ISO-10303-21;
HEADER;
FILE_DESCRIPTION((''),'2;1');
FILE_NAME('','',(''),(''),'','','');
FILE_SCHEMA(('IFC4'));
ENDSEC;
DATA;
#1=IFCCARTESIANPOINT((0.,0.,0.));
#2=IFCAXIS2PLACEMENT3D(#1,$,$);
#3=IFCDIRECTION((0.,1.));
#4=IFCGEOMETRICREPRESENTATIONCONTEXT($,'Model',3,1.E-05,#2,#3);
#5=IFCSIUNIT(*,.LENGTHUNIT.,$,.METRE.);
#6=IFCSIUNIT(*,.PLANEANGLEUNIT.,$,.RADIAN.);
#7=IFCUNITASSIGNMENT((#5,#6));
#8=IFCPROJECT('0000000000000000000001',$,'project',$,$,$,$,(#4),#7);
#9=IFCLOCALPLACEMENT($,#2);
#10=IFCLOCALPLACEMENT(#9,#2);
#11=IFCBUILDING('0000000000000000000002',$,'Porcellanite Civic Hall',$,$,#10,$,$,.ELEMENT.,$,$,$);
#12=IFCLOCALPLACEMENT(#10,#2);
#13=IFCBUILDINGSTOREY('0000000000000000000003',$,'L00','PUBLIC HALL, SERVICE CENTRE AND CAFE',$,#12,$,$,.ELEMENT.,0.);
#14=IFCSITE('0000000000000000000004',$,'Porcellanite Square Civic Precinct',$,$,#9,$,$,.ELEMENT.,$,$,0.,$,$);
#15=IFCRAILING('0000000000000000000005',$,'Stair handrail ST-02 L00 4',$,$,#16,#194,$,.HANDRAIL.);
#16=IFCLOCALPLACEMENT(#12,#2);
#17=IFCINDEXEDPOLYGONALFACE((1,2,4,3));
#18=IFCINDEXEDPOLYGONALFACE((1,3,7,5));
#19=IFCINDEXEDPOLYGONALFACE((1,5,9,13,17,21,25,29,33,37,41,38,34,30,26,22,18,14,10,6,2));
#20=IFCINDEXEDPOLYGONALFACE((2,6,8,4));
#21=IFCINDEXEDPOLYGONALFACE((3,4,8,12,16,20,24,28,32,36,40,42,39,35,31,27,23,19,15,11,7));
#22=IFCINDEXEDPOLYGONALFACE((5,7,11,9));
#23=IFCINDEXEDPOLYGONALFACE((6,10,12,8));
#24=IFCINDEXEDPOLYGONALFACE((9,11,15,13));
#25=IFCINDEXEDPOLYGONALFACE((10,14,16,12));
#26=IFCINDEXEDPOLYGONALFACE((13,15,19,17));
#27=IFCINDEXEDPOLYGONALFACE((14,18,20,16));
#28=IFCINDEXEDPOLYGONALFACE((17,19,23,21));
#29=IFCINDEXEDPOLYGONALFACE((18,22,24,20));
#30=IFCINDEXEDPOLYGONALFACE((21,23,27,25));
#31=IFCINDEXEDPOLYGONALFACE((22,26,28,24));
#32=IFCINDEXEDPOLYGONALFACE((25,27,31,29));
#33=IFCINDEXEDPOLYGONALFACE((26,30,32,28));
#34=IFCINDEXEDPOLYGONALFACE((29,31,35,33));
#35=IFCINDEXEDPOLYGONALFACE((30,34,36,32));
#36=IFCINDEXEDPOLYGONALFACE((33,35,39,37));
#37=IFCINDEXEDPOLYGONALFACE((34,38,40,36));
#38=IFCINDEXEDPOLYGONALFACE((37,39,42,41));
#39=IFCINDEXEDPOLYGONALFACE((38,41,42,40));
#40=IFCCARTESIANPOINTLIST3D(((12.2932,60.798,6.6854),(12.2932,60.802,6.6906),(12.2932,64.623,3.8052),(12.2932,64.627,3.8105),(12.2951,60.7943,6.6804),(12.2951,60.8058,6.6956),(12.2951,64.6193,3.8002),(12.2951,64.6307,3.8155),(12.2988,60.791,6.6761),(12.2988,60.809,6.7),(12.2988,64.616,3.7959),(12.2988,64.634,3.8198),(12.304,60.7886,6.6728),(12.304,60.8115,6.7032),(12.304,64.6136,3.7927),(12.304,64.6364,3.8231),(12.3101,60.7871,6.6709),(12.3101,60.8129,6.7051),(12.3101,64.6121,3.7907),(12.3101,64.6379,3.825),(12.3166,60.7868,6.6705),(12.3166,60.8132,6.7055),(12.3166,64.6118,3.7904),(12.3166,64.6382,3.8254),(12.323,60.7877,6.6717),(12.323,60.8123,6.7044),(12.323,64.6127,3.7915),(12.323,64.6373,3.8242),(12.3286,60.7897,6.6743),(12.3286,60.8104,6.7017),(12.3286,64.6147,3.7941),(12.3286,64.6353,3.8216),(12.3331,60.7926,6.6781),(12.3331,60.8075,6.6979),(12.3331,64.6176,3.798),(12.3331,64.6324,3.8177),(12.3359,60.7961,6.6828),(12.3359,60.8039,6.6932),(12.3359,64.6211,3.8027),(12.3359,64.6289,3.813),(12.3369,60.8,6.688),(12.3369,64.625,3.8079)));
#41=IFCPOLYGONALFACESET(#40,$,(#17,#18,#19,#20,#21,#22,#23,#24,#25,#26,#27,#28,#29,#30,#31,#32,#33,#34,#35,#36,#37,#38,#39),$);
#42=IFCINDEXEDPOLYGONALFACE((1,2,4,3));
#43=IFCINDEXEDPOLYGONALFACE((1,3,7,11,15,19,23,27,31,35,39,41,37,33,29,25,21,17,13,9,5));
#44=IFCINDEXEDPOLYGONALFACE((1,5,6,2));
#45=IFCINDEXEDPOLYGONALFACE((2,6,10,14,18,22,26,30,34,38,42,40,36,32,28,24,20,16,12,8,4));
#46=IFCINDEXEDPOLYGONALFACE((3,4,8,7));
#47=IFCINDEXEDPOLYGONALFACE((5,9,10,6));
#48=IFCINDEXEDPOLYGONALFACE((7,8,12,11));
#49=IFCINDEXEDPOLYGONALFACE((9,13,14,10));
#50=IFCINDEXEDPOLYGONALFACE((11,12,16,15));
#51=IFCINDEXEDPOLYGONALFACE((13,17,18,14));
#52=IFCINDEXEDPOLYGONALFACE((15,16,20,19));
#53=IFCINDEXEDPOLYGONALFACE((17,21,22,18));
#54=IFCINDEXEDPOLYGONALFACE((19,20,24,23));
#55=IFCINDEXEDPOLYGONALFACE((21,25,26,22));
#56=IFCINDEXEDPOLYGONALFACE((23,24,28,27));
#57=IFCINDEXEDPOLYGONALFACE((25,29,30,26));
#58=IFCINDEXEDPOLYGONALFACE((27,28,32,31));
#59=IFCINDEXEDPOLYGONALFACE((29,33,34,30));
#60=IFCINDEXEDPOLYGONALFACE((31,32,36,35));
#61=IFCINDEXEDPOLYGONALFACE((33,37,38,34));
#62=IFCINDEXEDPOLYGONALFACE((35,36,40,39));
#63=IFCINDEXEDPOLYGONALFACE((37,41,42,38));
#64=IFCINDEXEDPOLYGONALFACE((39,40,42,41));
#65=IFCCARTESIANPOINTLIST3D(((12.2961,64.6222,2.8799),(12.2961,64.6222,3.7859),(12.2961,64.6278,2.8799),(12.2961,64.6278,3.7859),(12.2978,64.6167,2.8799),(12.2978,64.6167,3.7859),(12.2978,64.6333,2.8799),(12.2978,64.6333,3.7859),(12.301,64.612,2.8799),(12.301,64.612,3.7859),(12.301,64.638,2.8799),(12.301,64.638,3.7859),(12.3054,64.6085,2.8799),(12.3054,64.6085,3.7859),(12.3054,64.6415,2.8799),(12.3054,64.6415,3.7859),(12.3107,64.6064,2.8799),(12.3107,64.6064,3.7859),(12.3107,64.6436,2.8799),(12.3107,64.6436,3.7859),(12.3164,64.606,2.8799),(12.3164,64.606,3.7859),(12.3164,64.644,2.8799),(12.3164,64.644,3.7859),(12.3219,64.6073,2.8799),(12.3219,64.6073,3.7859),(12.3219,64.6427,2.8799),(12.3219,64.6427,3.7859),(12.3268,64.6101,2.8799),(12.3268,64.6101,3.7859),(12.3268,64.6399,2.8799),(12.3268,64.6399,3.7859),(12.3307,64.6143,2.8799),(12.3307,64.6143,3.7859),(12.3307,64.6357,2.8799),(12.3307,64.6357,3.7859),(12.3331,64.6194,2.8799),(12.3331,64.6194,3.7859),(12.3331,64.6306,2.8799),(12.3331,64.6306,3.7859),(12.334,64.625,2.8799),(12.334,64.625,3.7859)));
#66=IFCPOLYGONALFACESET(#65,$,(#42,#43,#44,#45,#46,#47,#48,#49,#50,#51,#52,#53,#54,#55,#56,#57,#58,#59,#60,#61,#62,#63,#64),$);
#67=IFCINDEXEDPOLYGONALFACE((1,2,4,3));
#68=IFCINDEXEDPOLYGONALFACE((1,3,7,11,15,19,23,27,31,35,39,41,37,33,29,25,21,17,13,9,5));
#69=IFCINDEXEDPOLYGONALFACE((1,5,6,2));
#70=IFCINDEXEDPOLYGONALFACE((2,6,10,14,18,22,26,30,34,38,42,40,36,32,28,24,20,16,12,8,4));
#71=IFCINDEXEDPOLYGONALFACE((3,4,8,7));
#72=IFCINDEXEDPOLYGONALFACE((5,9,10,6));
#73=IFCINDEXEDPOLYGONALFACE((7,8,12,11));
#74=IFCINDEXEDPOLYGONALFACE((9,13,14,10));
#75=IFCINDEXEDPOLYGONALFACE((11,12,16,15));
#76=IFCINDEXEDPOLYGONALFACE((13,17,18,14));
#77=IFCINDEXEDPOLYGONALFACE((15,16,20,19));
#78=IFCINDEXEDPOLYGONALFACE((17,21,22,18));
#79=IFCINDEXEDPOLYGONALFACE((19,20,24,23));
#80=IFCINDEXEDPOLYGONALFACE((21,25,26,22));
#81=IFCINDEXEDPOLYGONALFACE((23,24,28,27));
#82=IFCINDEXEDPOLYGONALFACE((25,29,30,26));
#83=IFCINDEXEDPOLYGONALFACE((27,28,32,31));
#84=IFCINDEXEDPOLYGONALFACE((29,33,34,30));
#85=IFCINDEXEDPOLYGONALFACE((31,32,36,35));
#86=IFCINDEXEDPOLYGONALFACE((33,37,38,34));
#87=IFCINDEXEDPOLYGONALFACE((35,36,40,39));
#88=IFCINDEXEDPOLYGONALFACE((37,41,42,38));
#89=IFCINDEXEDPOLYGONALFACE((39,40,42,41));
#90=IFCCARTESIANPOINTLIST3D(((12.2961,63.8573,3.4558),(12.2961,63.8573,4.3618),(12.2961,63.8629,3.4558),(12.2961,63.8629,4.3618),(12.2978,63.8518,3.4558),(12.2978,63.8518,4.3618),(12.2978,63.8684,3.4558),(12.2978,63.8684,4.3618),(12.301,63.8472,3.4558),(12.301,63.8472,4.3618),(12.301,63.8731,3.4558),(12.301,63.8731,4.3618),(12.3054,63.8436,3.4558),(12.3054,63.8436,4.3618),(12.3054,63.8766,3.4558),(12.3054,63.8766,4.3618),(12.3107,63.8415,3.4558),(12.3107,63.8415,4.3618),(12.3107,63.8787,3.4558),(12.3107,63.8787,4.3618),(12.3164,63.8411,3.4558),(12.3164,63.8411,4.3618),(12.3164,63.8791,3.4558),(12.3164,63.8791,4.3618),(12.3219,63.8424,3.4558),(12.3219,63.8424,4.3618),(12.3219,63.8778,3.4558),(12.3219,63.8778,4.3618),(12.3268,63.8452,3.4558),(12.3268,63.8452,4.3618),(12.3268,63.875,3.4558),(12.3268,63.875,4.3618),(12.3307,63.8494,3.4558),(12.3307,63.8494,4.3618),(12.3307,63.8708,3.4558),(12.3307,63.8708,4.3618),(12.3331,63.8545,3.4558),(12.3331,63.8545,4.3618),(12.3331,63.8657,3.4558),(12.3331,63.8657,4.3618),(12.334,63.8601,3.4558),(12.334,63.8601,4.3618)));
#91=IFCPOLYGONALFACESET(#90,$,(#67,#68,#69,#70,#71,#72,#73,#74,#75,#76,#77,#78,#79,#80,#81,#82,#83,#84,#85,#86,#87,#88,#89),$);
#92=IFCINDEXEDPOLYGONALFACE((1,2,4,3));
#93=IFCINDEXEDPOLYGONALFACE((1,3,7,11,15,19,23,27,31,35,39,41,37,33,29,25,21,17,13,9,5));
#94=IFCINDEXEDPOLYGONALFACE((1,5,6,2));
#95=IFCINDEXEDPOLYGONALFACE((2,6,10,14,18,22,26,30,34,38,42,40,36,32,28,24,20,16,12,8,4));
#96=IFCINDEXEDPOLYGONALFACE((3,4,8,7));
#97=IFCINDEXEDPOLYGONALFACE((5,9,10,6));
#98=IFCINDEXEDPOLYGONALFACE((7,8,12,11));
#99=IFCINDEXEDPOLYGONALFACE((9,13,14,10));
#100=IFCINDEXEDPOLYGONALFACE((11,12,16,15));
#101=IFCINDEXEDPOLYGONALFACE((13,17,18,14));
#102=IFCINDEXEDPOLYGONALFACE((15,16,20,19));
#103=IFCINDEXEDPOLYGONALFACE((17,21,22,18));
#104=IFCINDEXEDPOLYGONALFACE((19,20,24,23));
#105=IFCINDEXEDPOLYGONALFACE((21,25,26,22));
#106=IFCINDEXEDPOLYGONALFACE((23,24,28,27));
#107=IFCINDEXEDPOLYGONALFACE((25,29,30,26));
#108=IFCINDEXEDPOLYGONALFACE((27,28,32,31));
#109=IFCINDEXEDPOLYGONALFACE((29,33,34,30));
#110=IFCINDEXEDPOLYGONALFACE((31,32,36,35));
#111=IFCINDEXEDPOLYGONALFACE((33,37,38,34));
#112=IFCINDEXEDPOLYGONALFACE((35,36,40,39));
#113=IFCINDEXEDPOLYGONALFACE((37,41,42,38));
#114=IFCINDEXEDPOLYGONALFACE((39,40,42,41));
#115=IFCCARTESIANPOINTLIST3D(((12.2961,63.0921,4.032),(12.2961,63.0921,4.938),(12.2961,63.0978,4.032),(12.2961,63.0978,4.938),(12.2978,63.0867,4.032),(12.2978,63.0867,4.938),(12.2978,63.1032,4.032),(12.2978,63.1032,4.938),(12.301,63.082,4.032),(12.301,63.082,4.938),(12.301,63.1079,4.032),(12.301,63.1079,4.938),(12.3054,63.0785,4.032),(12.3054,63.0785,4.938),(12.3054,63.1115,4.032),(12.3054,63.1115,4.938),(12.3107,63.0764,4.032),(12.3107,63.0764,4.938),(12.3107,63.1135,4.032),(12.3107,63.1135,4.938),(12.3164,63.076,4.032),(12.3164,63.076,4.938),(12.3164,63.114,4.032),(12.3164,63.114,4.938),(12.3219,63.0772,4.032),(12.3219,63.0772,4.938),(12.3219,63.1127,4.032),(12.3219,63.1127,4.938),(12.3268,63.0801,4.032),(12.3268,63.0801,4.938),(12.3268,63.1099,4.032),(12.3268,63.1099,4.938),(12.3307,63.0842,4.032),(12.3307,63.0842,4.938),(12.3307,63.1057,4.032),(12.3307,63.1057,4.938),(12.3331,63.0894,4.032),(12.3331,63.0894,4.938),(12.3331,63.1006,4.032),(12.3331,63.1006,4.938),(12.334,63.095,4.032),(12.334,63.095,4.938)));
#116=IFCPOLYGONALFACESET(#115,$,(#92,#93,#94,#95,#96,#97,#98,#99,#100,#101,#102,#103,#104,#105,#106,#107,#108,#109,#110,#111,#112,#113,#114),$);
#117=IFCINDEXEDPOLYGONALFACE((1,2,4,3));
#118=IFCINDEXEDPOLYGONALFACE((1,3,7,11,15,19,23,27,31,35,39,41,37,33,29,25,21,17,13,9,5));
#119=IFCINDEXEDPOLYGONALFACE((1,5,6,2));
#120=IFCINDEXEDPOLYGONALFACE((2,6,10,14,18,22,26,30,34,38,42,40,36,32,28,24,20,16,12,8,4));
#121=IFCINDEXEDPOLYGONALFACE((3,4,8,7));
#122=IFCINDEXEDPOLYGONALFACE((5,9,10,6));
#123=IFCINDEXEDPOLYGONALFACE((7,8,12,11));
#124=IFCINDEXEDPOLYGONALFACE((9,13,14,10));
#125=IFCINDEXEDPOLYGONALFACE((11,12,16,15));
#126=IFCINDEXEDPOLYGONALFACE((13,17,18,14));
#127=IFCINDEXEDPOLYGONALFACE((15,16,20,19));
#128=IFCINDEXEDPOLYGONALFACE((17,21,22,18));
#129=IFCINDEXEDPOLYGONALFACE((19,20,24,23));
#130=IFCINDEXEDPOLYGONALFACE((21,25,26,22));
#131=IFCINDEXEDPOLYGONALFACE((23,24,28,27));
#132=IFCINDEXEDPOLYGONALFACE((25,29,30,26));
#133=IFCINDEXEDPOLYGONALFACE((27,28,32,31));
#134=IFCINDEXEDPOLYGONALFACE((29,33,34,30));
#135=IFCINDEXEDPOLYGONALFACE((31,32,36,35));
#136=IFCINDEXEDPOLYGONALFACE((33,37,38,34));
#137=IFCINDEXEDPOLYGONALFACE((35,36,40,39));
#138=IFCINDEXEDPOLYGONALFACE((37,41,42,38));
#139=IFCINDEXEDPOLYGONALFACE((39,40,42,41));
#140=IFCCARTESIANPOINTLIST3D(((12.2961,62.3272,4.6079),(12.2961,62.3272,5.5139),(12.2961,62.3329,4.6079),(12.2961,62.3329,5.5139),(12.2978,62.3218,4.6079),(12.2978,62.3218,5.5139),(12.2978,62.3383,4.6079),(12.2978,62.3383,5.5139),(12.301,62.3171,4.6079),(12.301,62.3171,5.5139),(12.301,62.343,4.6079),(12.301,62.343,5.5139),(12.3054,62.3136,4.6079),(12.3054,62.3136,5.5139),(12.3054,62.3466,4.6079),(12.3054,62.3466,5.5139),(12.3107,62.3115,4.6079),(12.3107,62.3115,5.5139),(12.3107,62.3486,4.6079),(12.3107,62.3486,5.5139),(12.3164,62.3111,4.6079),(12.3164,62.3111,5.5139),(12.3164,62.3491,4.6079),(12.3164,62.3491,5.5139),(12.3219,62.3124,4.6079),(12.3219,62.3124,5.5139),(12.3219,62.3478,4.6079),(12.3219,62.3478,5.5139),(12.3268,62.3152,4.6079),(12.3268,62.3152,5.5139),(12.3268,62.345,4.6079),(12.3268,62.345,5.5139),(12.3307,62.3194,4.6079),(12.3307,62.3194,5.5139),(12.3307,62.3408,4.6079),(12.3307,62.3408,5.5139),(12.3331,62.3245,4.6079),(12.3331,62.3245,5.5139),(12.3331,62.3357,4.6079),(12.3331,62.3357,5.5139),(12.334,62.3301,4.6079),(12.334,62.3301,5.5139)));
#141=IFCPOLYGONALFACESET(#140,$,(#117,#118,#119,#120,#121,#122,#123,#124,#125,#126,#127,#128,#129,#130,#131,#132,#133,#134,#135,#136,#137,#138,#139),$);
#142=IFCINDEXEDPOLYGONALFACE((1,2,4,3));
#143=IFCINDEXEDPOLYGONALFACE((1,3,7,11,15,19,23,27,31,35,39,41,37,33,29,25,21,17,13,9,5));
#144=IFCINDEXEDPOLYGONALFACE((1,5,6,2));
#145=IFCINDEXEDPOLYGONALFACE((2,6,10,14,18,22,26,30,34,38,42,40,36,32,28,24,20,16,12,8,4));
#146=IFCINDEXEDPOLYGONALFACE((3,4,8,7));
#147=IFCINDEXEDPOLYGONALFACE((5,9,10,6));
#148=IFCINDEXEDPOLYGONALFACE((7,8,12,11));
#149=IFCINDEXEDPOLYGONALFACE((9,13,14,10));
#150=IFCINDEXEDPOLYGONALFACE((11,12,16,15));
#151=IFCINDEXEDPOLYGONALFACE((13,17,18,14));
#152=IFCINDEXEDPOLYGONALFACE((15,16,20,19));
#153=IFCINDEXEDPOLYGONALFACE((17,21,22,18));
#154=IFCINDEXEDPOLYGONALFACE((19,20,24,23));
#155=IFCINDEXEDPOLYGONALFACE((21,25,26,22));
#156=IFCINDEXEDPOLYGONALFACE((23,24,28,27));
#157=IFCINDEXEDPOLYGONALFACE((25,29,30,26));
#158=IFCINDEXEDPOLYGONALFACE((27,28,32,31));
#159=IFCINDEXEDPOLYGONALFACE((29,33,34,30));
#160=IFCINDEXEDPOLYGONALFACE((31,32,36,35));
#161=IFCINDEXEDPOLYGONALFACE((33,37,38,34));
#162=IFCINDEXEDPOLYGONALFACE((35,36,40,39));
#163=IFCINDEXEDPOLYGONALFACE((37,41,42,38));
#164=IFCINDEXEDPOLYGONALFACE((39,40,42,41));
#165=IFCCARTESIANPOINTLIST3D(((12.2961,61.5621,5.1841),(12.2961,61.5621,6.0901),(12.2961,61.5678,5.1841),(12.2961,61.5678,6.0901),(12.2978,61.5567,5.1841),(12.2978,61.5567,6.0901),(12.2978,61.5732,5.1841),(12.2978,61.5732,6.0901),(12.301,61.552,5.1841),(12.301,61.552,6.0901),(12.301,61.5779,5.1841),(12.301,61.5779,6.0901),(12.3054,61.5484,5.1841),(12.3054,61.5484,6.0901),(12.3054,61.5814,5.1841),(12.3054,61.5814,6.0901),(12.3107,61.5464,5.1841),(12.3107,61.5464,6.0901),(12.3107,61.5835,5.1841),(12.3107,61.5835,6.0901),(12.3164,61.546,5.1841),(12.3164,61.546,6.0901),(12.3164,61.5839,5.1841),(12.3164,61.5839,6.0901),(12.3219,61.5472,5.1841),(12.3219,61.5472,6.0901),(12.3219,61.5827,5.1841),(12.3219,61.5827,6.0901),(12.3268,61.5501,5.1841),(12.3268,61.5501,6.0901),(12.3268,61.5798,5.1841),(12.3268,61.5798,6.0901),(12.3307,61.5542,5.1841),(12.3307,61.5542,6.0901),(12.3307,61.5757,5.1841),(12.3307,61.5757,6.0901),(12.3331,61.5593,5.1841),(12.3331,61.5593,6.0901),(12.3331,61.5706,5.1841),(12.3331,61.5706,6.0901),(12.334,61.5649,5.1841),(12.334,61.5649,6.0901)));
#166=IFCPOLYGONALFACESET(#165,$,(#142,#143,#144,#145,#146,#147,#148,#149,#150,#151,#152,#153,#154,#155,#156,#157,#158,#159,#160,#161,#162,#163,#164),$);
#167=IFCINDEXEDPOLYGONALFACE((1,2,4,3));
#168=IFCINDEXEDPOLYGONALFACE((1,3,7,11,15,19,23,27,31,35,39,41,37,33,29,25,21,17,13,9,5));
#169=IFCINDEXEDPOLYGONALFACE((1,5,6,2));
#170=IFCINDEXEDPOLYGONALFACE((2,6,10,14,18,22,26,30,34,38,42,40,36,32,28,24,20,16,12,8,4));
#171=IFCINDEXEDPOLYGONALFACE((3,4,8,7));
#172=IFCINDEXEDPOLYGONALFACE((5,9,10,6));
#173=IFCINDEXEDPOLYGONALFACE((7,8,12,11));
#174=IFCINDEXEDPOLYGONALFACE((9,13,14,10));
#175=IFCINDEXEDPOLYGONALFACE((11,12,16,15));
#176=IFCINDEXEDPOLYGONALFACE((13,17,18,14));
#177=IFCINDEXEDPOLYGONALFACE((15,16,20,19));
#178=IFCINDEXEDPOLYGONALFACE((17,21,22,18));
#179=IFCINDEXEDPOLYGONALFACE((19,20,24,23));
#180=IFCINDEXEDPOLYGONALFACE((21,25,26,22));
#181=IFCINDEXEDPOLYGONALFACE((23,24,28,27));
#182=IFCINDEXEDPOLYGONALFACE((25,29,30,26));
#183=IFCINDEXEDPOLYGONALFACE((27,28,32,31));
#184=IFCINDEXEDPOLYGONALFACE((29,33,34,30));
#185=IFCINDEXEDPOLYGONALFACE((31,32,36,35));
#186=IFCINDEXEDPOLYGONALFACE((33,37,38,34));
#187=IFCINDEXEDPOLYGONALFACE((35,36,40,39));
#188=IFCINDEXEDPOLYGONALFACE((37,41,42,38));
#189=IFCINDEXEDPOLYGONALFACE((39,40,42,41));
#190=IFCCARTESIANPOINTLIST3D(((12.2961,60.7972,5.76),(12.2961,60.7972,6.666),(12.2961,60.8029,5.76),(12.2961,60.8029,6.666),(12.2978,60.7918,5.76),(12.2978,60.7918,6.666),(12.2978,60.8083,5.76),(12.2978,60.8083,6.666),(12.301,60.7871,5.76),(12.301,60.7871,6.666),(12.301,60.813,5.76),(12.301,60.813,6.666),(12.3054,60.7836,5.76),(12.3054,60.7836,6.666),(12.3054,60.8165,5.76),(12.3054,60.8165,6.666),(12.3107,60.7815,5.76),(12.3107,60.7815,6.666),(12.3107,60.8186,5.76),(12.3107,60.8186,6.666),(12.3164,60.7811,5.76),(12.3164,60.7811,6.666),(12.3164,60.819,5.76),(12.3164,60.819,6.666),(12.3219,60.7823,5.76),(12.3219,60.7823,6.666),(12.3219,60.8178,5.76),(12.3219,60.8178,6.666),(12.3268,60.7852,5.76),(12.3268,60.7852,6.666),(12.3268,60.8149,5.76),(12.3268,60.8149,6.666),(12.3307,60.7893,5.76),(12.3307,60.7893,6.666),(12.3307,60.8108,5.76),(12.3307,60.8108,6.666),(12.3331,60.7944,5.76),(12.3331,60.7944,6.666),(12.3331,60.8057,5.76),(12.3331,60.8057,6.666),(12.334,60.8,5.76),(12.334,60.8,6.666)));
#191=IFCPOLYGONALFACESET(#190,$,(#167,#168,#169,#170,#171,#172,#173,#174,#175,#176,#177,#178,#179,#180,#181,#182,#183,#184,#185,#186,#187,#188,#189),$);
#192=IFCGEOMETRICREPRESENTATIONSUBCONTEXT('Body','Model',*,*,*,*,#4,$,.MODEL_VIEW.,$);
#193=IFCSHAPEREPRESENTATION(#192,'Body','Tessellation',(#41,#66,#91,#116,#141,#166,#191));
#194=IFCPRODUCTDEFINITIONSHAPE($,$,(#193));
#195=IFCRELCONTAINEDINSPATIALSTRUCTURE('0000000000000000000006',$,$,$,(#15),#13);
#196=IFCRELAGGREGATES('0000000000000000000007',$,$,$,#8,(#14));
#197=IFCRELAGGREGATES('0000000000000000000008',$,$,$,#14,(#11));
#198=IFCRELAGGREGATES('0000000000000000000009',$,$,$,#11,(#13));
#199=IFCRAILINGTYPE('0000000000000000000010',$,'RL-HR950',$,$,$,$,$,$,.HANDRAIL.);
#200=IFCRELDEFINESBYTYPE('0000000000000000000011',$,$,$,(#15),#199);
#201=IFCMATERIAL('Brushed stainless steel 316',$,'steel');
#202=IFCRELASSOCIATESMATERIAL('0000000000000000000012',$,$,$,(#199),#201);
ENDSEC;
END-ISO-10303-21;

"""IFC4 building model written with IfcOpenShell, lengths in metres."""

from ifc_helpers import new_model, si_unit, direction, frame, origin, origin_2d, place, context, subcontext, project, spatial, circle, extrude, material, type_object, element, save


model = new_model("IFC4")

# Units and contexts
model_context = context("Model", 3, precision=1e-05, world=origin(), true_north=direction((0.0, 1.0)))
body_context = subcontext(model_context, "Body", "Model", "MODEL_VIEW")
ifc_project = project(units=[si_unit("LENGTHUNIT", "METRE"), si_unit("PLANEANGLEUNIT", "RADIAN")], contexts=[model_context])

# Site, building, storey
site_placement = place(None, origin())
site = spatial("IfcSite", under=ifc_project, at=site_placement, Name="Porcellanite Square Civic Precinct", CompositionType="ELEMENT", RefElevation=0.0)
building_placement = place(site_placement, origin())
building = spatial("IfcBuilding", under=site, at=building_placement, Name="Porcellanite Civic Hall", CompositionType="ELEMENT")
storey_placement = place(building_placement, origin())
storey = spatial("IfcBuildingStorey", under=building, at=storey_placement, Name="L00", Description="PUBLIC HALL, SERVICE CENTRE AND CAFE", CompositionType="ELEMENT", Elevation=0.0)

# Railing
ifc_material_1 = material(Name="Brushed stainless steel 316", Category="steel")
railing_type = type_object("IfcRailingType", Name="RL-HR950", PredefinedType="HANDRAIL", material=ifc_material_1)
railing_placement = place(storey_placement, frame((12.3149, 64.625, 2.8799)))
element("IfcRailing", 1, at=railing_placement, inside=storey, type_object=railing_type, Name="Stair handrail ST-02 L00 4", PredefinedType="HANDRAIL", context=body_context, shape_type="SweptSolid", body=[
    extrude(circle(Radius=0.022, at=origin_2d()), frame((0.0, 0.0, 0.928), z_axis=(0.0, -0.798854, 0.601525), x_axis=(1.0, 0.0, 0.0)), (0.0, 0.0, 1.0), 4.7881),
    extrude(circle(Radius=0.019, at=origin_2d()), origin(), (0.0, 0.0, 1.0), 0.906),
    extrude(circle(Radius=0.019, at=origin_2d()), frame((0.0, -0.7649, 0.5759)), (0.0, 0.0, 1.0), 0.906),
    extrude(circle(Radius=0.019, at=origin_2d()), frame((0.0, -1.53, 1.1521)), (0.0, 0.0, 1.0), 0.906),
    extrude(circle(Radius=0.019, at=origin_2d()), frame((0.0, -2.2949, 1.728)), (0.0, 0.0, 1.0), 0.906),
    extrude(circle(Radius=0.019, at=origin_2d()), frame((0.0, -3.0601, 2.3042)), (0.0, 0.0, 1.0), 0.906),
    extrude(circle(Radius=0.019, at=origin_2d()), frame((0.0, -3.825, 2.8801)), (0.0, 0.0, 1.0), 0.906),
])

save(model, "model.ifc")
